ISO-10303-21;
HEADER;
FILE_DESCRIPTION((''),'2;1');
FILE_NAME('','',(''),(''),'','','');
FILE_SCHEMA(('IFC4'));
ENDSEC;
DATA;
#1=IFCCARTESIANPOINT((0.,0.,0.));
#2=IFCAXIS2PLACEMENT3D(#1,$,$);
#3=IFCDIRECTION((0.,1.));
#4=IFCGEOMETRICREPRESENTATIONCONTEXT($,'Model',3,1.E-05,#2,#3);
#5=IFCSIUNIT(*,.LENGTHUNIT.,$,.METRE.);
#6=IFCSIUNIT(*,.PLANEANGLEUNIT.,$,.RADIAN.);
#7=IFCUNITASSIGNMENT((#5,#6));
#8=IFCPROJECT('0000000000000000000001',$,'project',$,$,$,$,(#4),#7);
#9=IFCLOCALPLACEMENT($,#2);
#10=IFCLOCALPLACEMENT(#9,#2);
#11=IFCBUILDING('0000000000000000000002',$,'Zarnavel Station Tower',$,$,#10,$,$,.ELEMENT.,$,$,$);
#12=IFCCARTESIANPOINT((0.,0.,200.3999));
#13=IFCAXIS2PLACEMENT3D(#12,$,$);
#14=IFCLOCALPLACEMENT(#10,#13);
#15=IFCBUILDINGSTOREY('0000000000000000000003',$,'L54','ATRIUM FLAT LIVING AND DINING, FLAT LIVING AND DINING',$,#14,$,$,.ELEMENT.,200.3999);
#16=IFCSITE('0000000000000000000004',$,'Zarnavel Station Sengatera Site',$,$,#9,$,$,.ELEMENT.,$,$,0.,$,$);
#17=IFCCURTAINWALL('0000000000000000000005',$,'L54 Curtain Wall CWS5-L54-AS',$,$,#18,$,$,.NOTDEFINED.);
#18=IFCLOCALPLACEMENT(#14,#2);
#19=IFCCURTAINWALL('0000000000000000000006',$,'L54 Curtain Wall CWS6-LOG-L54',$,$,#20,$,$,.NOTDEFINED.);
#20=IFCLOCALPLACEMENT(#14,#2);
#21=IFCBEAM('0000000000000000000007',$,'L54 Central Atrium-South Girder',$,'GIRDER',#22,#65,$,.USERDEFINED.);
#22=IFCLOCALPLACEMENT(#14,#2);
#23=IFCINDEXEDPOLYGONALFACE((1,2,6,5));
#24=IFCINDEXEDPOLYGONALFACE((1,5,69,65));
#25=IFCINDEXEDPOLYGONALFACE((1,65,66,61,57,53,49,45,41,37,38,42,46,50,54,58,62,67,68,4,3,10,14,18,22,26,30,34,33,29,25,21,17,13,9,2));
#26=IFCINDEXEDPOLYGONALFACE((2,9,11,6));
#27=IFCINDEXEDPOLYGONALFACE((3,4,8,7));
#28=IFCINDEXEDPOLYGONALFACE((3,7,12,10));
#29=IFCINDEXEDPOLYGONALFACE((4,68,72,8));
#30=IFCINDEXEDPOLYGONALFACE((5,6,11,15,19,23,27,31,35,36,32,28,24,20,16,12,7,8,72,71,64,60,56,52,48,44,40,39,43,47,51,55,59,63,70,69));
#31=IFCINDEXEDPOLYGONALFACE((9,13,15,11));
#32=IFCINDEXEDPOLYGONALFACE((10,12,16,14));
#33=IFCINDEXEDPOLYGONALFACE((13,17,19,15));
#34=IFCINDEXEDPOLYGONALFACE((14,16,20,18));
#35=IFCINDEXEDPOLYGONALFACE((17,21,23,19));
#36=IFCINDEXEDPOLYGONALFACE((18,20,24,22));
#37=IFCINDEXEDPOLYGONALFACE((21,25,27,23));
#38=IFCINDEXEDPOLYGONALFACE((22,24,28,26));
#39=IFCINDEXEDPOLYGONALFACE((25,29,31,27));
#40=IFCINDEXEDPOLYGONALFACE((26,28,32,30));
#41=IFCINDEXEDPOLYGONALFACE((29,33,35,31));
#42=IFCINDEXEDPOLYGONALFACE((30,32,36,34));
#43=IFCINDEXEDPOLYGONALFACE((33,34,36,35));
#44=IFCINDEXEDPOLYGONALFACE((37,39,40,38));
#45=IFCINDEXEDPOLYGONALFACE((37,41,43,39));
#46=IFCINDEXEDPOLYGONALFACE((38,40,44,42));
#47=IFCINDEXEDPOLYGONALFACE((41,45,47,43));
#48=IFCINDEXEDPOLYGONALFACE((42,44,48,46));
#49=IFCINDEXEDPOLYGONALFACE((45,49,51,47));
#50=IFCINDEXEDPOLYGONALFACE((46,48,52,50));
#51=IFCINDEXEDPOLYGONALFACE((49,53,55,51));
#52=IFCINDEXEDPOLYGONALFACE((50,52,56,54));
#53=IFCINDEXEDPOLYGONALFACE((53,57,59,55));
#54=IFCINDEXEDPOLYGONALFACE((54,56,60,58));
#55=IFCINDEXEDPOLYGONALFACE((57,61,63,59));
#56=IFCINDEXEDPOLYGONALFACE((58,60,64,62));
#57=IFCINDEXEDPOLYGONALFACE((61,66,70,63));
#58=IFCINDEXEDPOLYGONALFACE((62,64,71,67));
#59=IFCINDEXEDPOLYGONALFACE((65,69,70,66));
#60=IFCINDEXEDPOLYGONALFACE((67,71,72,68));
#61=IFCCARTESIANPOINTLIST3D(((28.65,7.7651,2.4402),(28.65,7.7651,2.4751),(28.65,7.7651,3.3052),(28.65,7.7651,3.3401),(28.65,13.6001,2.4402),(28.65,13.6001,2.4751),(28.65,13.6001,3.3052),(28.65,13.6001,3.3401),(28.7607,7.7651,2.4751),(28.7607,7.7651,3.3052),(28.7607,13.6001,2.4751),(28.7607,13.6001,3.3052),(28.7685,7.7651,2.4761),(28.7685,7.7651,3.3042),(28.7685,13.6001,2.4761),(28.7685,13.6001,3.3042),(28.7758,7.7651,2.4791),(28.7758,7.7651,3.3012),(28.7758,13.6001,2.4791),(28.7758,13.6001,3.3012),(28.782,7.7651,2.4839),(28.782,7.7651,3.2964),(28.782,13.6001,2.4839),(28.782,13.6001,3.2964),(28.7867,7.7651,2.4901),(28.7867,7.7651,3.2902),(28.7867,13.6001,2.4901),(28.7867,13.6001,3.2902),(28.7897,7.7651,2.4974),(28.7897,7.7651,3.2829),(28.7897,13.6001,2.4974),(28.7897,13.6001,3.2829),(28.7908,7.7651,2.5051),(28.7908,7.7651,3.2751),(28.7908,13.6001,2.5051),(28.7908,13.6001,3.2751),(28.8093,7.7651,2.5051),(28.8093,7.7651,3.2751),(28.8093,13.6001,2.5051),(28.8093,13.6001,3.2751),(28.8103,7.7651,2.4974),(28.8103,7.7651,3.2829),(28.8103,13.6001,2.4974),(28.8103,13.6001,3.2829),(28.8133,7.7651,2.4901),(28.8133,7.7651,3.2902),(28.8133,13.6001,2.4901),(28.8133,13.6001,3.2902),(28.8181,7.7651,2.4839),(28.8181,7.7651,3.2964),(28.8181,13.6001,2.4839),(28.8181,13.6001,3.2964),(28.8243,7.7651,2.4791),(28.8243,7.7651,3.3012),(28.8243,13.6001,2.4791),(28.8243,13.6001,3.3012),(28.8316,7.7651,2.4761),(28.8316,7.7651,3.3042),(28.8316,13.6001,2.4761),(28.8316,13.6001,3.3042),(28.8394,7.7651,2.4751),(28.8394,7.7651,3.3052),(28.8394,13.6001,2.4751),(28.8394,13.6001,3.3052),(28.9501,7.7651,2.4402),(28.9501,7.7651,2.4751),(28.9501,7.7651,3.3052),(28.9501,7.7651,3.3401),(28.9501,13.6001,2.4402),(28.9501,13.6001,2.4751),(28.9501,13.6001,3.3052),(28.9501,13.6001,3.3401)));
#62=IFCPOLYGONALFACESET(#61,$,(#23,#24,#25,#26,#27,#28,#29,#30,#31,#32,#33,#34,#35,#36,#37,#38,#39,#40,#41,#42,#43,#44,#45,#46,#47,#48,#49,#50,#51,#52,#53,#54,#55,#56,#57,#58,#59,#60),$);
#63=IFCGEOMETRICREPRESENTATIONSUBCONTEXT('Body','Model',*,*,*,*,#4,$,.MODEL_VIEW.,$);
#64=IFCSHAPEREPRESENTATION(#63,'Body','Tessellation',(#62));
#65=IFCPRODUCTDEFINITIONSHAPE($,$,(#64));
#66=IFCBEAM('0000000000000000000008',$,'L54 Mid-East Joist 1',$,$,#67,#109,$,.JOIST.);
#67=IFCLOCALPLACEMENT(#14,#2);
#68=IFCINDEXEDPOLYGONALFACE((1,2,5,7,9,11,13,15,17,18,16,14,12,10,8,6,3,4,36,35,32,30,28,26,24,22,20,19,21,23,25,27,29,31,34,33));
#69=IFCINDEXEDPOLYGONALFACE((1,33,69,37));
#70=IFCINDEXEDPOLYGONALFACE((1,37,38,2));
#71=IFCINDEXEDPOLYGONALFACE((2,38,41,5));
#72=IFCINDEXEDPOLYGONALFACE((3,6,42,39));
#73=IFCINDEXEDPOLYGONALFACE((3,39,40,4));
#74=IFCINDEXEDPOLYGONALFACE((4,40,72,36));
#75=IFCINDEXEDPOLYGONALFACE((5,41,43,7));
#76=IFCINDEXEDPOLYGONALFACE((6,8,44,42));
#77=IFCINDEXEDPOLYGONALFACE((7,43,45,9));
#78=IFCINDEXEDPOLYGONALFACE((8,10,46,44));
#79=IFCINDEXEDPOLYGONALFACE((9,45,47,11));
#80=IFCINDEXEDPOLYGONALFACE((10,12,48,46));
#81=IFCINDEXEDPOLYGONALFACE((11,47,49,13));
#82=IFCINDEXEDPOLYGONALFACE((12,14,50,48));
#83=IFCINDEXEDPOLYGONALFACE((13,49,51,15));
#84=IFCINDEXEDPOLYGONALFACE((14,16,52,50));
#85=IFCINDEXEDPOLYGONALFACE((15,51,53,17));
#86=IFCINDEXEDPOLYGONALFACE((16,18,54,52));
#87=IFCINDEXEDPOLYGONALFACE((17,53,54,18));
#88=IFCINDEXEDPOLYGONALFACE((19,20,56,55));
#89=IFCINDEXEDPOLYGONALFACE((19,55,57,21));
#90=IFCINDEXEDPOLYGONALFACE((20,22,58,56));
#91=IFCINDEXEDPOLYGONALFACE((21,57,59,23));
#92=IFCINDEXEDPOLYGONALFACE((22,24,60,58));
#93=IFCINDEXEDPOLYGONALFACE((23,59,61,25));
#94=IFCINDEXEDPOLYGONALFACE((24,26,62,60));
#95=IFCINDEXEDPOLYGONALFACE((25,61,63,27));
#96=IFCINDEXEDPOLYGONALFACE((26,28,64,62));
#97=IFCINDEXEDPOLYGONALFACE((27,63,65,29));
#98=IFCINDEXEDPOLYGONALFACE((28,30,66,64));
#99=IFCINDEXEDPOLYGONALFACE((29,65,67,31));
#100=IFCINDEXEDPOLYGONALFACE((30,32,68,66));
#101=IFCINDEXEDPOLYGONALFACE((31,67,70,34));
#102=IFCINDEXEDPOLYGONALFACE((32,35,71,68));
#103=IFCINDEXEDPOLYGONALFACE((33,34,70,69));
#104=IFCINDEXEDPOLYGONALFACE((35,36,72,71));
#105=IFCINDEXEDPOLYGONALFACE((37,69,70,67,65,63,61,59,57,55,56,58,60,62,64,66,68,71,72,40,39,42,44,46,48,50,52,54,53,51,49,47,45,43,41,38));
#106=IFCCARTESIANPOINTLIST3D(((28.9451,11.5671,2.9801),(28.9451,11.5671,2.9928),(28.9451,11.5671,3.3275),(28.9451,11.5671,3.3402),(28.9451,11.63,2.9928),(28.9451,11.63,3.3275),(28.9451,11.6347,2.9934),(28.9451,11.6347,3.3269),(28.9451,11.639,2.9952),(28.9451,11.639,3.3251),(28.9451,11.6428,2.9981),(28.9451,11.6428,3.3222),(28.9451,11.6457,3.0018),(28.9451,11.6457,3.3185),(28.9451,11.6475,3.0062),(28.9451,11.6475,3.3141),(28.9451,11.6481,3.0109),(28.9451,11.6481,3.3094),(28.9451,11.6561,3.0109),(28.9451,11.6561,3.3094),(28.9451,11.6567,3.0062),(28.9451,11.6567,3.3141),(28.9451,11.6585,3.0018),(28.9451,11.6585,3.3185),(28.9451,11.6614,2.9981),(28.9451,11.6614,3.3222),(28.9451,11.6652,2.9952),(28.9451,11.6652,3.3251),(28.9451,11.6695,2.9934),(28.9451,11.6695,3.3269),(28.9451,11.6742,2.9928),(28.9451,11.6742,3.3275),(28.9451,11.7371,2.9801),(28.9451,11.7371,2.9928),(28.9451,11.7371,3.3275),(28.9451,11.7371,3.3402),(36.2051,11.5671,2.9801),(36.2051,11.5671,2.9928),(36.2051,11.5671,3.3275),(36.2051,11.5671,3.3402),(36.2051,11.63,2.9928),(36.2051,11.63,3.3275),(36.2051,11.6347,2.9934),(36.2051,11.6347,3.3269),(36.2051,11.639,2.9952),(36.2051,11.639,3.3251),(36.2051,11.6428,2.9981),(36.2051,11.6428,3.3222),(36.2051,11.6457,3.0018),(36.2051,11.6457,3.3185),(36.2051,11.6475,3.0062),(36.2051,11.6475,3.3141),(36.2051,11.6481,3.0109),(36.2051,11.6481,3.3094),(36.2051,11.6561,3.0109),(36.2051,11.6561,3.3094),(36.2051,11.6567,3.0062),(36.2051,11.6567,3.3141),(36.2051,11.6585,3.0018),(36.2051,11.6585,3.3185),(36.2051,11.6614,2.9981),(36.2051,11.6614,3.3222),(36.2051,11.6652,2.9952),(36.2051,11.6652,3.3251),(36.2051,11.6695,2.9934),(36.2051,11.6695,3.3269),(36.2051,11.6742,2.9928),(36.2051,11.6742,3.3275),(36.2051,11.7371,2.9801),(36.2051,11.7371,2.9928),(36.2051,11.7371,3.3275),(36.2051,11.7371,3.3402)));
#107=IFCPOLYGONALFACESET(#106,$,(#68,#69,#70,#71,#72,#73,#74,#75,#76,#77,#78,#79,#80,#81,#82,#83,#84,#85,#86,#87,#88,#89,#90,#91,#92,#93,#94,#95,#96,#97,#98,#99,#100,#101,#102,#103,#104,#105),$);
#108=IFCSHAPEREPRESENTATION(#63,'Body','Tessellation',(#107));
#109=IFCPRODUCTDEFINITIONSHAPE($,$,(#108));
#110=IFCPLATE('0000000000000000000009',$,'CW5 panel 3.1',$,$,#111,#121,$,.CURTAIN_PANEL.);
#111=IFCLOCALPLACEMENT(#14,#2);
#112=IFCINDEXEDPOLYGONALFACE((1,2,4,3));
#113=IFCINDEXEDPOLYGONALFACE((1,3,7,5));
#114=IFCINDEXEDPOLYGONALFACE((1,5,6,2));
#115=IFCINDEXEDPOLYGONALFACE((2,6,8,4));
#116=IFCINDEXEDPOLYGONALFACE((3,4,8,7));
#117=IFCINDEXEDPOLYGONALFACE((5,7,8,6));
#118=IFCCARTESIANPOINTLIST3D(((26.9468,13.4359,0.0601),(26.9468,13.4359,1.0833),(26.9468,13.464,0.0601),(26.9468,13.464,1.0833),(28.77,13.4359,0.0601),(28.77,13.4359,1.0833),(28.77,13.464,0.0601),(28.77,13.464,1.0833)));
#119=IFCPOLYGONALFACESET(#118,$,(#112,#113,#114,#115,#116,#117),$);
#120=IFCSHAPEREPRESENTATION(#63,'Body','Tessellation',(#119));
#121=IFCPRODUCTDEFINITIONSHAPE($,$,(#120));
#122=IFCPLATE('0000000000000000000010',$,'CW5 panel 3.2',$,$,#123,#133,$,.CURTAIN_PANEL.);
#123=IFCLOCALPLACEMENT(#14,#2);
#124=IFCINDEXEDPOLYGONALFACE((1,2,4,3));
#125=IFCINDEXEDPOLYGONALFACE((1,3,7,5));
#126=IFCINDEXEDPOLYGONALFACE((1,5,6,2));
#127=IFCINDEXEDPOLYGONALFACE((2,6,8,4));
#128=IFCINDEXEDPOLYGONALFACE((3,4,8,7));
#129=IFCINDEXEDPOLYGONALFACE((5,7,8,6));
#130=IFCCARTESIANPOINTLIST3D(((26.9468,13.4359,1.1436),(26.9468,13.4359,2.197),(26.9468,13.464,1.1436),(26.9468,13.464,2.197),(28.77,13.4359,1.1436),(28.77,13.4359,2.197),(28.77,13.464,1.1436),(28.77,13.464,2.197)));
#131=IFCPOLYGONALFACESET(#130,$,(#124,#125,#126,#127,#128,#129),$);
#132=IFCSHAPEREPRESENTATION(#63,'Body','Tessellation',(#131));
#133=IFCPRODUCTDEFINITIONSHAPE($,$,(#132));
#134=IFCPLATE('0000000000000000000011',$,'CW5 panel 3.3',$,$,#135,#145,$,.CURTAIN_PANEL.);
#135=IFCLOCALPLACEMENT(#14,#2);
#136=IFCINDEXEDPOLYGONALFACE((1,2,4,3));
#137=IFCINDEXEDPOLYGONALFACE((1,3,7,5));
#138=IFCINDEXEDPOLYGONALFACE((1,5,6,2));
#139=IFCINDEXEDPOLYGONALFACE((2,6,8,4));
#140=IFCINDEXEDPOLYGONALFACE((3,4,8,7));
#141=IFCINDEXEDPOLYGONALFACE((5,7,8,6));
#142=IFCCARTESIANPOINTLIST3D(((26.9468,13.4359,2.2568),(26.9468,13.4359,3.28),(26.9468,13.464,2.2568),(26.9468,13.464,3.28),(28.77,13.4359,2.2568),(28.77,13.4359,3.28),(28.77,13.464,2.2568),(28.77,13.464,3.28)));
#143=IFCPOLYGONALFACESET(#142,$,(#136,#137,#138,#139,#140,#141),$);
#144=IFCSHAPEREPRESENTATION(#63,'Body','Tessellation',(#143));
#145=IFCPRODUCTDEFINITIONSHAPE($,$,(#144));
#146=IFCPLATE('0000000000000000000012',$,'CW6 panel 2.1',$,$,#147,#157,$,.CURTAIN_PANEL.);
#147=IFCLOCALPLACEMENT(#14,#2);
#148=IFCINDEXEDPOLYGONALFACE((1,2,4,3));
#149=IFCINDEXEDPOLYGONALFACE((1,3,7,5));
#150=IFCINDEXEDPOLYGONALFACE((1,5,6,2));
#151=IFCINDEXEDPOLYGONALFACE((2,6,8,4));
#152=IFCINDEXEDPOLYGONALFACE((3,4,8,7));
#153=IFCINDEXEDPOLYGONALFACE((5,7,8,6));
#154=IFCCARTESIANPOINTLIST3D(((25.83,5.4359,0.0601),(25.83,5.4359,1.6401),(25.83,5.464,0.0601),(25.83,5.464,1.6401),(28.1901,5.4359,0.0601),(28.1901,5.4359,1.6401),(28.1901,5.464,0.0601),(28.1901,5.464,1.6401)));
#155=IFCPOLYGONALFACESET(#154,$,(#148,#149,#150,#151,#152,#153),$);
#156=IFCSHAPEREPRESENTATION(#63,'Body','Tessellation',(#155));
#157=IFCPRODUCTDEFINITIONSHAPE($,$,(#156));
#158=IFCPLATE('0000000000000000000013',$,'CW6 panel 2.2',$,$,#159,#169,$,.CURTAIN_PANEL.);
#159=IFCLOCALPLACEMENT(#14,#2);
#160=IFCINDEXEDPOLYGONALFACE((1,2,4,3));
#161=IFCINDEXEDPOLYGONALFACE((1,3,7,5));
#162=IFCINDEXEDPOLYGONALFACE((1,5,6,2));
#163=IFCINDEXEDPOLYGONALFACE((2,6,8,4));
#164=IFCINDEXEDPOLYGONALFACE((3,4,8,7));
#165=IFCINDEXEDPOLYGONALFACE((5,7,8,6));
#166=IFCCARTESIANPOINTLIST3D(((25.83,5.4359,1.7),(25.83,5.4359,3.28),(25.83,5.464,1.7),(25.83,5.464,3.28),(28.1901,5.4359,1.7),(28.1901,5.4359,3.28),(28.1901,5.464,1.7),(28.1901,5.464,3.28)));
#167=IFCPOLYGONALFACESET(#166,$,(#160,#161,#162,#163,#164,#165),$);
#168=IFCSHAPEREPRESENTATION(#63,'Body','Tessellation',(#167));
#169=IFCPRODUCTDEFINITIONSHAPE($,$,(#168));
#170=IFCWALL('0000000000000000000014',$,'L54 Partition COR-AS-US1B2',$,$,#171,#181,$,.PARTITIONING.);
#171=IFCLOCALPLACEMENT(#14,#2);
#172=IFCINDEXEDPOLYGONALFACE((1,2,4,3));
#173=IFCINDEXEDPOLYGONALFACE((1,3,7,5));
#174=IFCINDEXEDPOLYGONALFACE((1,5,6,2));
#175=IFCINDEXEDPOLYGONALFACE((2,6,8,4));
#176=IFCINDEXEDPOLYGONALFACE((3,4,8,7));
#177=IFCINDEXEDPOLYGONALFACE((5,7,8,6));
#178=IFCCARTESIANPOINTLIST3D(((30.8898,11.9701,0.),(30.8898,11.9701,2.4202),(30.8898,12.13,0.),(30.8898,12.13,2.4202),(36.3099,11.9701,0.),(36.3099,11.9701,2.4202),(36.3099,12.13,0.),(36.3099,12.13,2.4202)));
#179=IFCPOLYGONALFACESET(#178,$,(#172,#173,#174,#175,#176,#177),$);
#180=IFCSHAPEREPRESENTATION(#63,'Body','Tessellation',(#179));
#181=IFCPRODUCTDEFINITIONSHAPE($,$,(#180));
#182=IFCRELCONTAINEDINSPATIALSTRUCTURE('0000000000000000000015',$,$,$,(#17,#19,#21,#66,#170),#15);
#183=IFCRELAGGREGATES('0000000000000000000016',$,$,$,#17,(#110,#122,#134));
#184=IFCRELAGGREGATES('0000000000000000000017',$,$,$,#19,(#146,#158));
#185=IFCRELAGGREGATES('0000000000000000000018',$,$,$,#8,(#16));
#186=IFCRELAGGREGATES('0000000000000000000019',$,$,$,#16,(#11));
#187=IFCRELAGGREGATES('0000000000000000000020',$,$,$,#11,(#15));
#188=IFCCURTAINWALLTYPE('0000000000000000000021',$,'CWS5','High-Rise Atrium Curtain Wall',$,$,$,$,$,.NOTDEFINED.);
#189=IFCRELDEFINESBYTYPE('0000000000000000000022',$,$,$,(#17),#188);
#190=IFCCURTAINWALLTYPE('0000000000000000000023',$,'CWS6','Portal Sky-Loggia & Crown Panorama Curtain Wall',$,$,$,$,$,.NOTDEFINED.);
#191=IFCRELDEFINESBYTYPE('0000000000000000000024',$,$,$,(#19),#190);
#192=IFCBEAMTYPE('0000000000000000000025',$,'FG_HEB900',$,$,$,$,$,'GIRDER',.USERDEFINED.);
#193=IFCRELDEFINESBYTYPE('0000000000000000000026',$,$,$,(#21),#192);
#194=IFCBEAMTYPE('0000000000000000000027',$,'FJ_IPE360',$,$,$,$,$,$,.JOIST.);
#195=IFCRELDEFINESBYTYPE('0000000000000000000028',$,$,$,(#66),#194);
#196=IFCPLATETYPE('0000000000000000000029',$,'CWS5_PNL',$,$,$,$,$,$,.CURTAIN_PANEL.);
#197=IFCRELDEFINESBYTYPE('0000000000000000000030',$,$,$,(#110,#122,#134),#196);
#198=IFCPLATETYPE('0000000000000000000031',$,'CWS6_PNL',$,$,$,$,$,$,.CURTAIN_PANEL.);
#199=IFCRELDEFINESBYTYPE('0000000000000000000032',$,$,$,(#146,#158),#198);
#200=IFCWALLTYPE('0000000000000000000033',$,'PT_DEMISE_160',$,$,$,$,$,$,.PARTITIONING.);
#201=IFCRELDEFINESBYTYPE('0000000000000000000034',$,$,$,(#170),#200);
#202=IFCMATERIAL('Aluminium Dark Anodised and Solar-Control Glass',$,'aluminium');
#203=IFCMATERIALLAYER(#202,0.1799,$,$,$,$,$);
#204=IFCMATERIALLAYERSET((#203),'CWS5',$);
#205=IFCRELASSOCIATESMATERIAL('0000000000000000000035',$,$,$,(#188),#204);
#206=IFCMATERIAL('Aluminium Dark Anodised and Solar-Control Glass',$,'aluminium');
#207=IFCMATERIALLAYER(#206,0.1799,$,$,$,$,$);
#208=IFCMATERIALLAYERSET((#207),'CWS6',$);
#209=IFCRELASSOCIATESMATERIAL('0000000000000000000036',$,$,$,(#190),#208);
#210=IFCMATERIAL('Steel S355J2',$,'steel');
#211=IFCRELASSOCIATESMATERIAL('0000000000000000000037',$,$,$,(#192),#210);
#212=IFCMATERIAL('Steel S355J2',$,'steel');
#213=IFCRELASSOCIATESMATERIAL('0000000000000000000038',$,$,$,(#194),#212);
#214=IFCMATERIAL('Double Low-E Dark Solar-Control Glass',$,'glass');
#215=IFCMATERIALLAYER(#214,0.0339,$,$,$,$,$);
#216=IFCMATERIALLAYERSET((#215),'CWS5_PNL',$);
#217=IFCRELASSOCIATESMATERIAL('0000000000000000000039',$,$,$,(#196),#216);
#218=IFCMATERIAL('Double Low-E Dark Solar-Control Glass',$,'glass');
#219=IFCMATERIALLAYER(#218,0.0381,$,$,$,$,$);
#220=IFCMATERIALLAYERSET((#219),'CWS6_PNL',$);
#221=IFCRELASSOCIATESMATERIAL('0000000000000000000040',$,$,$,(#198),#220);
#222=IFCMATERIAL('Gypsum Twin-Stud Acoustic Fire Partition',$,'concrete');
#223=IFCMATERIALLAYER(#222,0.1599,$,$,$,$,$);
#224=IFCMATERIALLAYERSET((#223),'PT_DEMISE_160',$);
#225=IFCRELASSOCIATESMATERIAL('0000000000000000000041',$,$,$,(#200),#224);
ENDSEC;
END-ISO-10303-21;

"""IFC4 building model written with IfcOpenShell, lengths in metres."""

from ifc_helpers import new_model, si_unit, direction, frame, frame_2d, origin, origin_2d, place, context, subcontext, project, spatial, rectangle, i_section, extrude, material, layer, layer_set, material_profile, profile_set, type_object, element, aggregate, save


model = new_model("IFC4")

# Units and contexts
model_context = context("Model", 3, precision=1e-05, world=origin(), true_north=direction((0.0, 1.0)))
body_context = subcontext(model_context, "Body", "Model", "MODEL_VIEW")
ifc_project = project(units=[si_unit("LENGTHUNIT", "METRE"), si_unit("PLANEANGLEUNIT", "RADIAN")], contexts=[model_context])

# Site, building, storey
site_placement = place(None, origin())
site = spatial("IfcSite", under=ifc_project, at=site_placement, Name="Zarnavel Station Sengatera Site", CompositionType="ELEMENT", RefElevation=0.0)
building_placement = place(site_placement, origin())
building = spatial("IfcBuilding", under=site, at=building_placement, Name="Zarnavel Station Tower", CompositionType="ELEMENT")
storey_placement = place(building_placement, frame((0.0, 0.0, 200.3999)))
storey = spatial("IfcBuildingStorey", under=building, at=storey_placement, Name="L54", Description="ATRIUM FLAT LIVING AND DINING, FLAT LIVING AND DINING", CompositionType="ELEMENT", Elevation=200.3999)

# Curtain wall
ifc_material_1 = material(Name="Aluminium Dark Anodised and Solar-Control Glass", Category="aluminium")
ifc_layer_1 = layer(ifc_material_1, 0.1799)
ifc_layer_set_1 = layer_set([ifc_layer_1], Name="CWS5")
curtain_wall_type_1 = type_object("IfcCurtainWallType", Name="CWS5", Description="High-Rise Atrium Curtain Wall", PredefinedType="NOTDEFINED", material=ifc_layer_set_1)
curtain_wall_1_placement = place(storey_placement, origin())
curtain_wall_1 = element("IfcCurtainWall", 1, at=curtain_wall_1_placement, inside=storey, type_object=curtain_wall_type_1, Name="L54 Curtain Wall CWS5-L54-AS", PredefinedType="NOTDEFINED")

# Curtain wall
ifc_material_2 = material(Name="Aluminium Dark Anodised and Solar-Control Glass", Category="aluminium")
ifc_layer_2 = layer(ifc_material_2, 0.1799)
ifc_layer_set_2 = layer_set([ifc_layer_2], Name="CWS6")
curtain_wall_type_2 = type_object("IfcCurtainWallType", Name="CWS6", Description="Portal Sky-Loggia & Crown Panorama Curtain Wall", PredefinedType="NOTDEFINED", material=ifc_layer_set_2)
curtain_wall_2_placement = place(storey_placement, origin())
curtain_wall_2 = element("IfcCurtainWall", 2, at=curtain_wall_2_placement, inside=storey, type_object=curtain_wall_type_2, Name="L54 Curtain Wall CWS6-LOG-L54", PredefinedType="NOTDEFINED")

# Beams
ifc_material_3 = material(Name="Steel S355J2", Category="steel")
ifc_material_profile_1 = material_profile(ifc_material_3, i_section(OverallWidth=0.3, OverallDepth=0.8999, WebThickness=0.0186, FlangeThickness=0.0349, FilletRadius=0.03, at=origin_2d()), Name="HEB900")
ifc_profile_set_1 = profile_set([ifc_material_profile_1], Name="Steel S355J2")
beam_type_1 = type_object("IfcBeamType", Name="FG_HEB900", ElementType="GIRDER", PredefinedType="USERDEFINED", material=ifc_profile_set_1)
beam_1_placement = place(storey_placement, frame((28.8, 7.7651, 2.8901), z_axis=(0.0, 1.0, 0.0), x_axis=(-1.0, 0.0, 0.0)))
element("IfcBeam", 3, at=beam_1_placement, inside=storey, type_object=beam_type_1, Name="L54 Central Atrium-South Girder", ObjectType="GIRDER", PredefinedType="USERDEFINED", context=body_context, shape_type="SweptSolid", body=[
    extrude(i_section(OverallWidth=0.3, OverallDepth=0.8999, WebThickness=0.0186, FlangeThickness=0.0349, FilletRadius=0.03, at=origin_2d()), origin(), (0.0, 0.0, 1.0), 5.835),
])
ifc_material_4 = material(Name="Steel S355J2", Category="steel")
ifc_material_profile_2 = material_profile(ifc_material_4, i_section(OverallWidth=0.1699, OverallDepth=0.3601, WebThickness=0.0081, FlangeThickness=0.0127, FilletRadius=0.0181, at=origin_2d()), Name="IPE360")
ifc_profile_set_2 = profile_set([ifc_material_profile_2], Name="Steel S355J2")
beam_type_2 = type_object("IfcBeamType", Name="FJ_IPE360", PredefinedType="JOIST", material=ifc_profile_set_2)
beam_2_placement = place(storey_placement, frame((28.9451, 11.6521, 3.1602), z_axis=(1.0, 0.0, 0.0), x_axis=(0.0, 1.0, 0.0)))
element("IfcBeam", 4, at=beam_2_placement, inside=storey, type_object=beam_type_2, Name="L54 Mid-East Joist 1", PredefinedType="JOIST", context=body_context, shape_type="SweptSolid", body=[
    extrude(i_section(OverallWidth=0.1699, OverallDepth=0.3601, WebThickness=0.0081, FlangeThickness=0.0127, FilletRadius=0.0181, at=origin_2d()), origin(), (0.0, 0.0, 1.0), 7.26),
])

# Plates
ifc_material_5 = material(Name="Double Low-E Dark Solar-Control Glass", Category="glass")
ifc_layer_3 = layer(ifc_material_5, 0.0339)
ifc_layer_set_3 = layer_set([ifc_layer_3], Name="CWS5_PNL")
plate_type_1 = type_object("IfcPlateType", Name="CWS5_PNL", PredefinedType="CURTAIN_PANEL", material=ifc_layer_set_3)
plate_1_placement = place(storey_placement, frame((27.8584, 13.45, 0.0601), z_axis=(0.0, 0.0, 1.0), x_axis=(1.0, 0.0, 0.0)))
plate_1 = element("IfcPlate", 5, at=plate_1_placement, type_object=plate_type_1, Name="CW5 panel 3.1", PredefinedType="CURTAIN_PANEL", context=body_context, shape_type="SweptSolid", body=[
    extrude(rectangle(XDim=1.8232, YDim=0.0281, at=origin_2d()), origin(), (0.0, 0.0, 1.0), 1.0232),
])
plate_2_placement = place(storey_placement, frame((27.8584, 13.45, 1.1436), z_axis=(0.0, 0.0, 1.0), x_axis=(1.0, 0.0, 0.0)))
plate_2 = element("IfcPlate", 6, at=plate_2_placement, type_object=plate_type_1, Name="CW5 panel 3.2", PredefinedType="CURTAIN_PANEL", context=body_context, shape_type="SweptSolid", body=[
    extrude(rectangle(XDim=1.8232, YDim=0.0281, at=origin_2d()), origin(), (0.0, 0.0, 1.0), 1.0535),
])
plate_3_placement = place(storey_placement, frame((27.8584, 13.45, 2.2568), z_axis=(0.0, 0.0, 1.0), x_axis=(1.0, 0.0, 0.0)))
plate_3 = element("IfcPlate", 7, at=plate_3_placement, type_object=plate_type_1, Name="CW5 panel 3.3", PredefinedType="CURTAIN_PANEL", context=body_context, shape_type="SweptSolid", body=[
    extrude(rectangle(XDim=1.8232, YDim=0.0281, at=origin_2d()), origin(), (0.0, 0.0, 1.0), 1.0232),
])
aggregate(curtain_wall_1, [plate_1, plate_2, plate_3])
ifc_material_6 = material(Name="Double Low-E Dark Solar-Control Glass", Category="glass")
ifc_layer_4 = layer(ifc_material_6, 0.0381)
ifc_layer_set_4 = layer_set([ifc_layer_4], Name="CWS6_PNL")
plate_type_2 = type_object("IfcPlateType", Name="CWS6_PNL", PredefinedType="CURTAIN_PANEL", material=ifc_layer_set_4)
plate_4_placement = place(storey_placement, frame((27.01, 5.45, 0.0601), z_axis=(0.0, 0.0, 1.0), x_axis=(1.0, 0.0, 0.0)))
plate_4 = element("IfcPlate", 8, at=plate_4_placement, type_object=plate_type_2, Name="CW6 panel 2.1", PredefinedType="CURTAIN_PANEL", context=body_context, shape_type="SweptSolid", body=[
    extrude(rectangle(XDim=2.3601, YDim=0.0281, at=origin_2d()), origin(), (0.0, 0.0, 1.0), 1.5801),
])
plate_5_placement = place(storey_placement, frame((27.01, 5.45, 1.7), z_axis=(0.0, 0.0, 1.0), x_axis=(1.0, 0.0, 0.0)))
plate_5 = element("IfcPlate", 9, at=plate_5_placement, type_object=plate_type_2, Name="CW6 panel 2.2", PredefinedType="CURTAIN_PANEL", context=body_context, shape_type="SweptSolid", body=[
    extrude(rectangle(XDim=2.3601, YDim=0.0281, at=origin_2d()), origin(), (0.0, 0.0, 1.0), 1.5801),
])
aggregate(curtain_wall_2, [plate_4, plate_5])

# Wall
ifc_material_7 = material(Name="Gypsum Twin-Stud Acoustic Fire Partition", Category="concrete")
ifc_layer_5 = layer(ifc_material_7, 0.1599)
ifc_layer_set_5 = layer_set([ifc_layer_5], Name="PT_DEMISE_160")
wall_type_1 = type_object("IfcWallType", Name="PT_DEMISE_160", PredefinedType="PARTITIONING", material=ifc_layer_set_5)
wall_1_placement = place(storey_placement, frame((30.8899, 12.05, 0.0), z_axis=(0.0, 0.0, 1.0), x_axis=(1.0, 0.0, 0.0)))
element("IfcWall", 10, at=wall_1_placement, inside=storey, type_object=wall_type_1, Name="L54 Partition COR-AS-US1B2", PredefinedType="PARTITIONING", context=body_context, shape_type="SweptSolid", body=[
    extrude(rectangle(XDim=5.4202, YDim=0.1599, at=frame_2d((2.71, 0.0))), origin(), (0.0, 0.0, 1.0), 2.4202),
])

save(model, "model.ifc")
